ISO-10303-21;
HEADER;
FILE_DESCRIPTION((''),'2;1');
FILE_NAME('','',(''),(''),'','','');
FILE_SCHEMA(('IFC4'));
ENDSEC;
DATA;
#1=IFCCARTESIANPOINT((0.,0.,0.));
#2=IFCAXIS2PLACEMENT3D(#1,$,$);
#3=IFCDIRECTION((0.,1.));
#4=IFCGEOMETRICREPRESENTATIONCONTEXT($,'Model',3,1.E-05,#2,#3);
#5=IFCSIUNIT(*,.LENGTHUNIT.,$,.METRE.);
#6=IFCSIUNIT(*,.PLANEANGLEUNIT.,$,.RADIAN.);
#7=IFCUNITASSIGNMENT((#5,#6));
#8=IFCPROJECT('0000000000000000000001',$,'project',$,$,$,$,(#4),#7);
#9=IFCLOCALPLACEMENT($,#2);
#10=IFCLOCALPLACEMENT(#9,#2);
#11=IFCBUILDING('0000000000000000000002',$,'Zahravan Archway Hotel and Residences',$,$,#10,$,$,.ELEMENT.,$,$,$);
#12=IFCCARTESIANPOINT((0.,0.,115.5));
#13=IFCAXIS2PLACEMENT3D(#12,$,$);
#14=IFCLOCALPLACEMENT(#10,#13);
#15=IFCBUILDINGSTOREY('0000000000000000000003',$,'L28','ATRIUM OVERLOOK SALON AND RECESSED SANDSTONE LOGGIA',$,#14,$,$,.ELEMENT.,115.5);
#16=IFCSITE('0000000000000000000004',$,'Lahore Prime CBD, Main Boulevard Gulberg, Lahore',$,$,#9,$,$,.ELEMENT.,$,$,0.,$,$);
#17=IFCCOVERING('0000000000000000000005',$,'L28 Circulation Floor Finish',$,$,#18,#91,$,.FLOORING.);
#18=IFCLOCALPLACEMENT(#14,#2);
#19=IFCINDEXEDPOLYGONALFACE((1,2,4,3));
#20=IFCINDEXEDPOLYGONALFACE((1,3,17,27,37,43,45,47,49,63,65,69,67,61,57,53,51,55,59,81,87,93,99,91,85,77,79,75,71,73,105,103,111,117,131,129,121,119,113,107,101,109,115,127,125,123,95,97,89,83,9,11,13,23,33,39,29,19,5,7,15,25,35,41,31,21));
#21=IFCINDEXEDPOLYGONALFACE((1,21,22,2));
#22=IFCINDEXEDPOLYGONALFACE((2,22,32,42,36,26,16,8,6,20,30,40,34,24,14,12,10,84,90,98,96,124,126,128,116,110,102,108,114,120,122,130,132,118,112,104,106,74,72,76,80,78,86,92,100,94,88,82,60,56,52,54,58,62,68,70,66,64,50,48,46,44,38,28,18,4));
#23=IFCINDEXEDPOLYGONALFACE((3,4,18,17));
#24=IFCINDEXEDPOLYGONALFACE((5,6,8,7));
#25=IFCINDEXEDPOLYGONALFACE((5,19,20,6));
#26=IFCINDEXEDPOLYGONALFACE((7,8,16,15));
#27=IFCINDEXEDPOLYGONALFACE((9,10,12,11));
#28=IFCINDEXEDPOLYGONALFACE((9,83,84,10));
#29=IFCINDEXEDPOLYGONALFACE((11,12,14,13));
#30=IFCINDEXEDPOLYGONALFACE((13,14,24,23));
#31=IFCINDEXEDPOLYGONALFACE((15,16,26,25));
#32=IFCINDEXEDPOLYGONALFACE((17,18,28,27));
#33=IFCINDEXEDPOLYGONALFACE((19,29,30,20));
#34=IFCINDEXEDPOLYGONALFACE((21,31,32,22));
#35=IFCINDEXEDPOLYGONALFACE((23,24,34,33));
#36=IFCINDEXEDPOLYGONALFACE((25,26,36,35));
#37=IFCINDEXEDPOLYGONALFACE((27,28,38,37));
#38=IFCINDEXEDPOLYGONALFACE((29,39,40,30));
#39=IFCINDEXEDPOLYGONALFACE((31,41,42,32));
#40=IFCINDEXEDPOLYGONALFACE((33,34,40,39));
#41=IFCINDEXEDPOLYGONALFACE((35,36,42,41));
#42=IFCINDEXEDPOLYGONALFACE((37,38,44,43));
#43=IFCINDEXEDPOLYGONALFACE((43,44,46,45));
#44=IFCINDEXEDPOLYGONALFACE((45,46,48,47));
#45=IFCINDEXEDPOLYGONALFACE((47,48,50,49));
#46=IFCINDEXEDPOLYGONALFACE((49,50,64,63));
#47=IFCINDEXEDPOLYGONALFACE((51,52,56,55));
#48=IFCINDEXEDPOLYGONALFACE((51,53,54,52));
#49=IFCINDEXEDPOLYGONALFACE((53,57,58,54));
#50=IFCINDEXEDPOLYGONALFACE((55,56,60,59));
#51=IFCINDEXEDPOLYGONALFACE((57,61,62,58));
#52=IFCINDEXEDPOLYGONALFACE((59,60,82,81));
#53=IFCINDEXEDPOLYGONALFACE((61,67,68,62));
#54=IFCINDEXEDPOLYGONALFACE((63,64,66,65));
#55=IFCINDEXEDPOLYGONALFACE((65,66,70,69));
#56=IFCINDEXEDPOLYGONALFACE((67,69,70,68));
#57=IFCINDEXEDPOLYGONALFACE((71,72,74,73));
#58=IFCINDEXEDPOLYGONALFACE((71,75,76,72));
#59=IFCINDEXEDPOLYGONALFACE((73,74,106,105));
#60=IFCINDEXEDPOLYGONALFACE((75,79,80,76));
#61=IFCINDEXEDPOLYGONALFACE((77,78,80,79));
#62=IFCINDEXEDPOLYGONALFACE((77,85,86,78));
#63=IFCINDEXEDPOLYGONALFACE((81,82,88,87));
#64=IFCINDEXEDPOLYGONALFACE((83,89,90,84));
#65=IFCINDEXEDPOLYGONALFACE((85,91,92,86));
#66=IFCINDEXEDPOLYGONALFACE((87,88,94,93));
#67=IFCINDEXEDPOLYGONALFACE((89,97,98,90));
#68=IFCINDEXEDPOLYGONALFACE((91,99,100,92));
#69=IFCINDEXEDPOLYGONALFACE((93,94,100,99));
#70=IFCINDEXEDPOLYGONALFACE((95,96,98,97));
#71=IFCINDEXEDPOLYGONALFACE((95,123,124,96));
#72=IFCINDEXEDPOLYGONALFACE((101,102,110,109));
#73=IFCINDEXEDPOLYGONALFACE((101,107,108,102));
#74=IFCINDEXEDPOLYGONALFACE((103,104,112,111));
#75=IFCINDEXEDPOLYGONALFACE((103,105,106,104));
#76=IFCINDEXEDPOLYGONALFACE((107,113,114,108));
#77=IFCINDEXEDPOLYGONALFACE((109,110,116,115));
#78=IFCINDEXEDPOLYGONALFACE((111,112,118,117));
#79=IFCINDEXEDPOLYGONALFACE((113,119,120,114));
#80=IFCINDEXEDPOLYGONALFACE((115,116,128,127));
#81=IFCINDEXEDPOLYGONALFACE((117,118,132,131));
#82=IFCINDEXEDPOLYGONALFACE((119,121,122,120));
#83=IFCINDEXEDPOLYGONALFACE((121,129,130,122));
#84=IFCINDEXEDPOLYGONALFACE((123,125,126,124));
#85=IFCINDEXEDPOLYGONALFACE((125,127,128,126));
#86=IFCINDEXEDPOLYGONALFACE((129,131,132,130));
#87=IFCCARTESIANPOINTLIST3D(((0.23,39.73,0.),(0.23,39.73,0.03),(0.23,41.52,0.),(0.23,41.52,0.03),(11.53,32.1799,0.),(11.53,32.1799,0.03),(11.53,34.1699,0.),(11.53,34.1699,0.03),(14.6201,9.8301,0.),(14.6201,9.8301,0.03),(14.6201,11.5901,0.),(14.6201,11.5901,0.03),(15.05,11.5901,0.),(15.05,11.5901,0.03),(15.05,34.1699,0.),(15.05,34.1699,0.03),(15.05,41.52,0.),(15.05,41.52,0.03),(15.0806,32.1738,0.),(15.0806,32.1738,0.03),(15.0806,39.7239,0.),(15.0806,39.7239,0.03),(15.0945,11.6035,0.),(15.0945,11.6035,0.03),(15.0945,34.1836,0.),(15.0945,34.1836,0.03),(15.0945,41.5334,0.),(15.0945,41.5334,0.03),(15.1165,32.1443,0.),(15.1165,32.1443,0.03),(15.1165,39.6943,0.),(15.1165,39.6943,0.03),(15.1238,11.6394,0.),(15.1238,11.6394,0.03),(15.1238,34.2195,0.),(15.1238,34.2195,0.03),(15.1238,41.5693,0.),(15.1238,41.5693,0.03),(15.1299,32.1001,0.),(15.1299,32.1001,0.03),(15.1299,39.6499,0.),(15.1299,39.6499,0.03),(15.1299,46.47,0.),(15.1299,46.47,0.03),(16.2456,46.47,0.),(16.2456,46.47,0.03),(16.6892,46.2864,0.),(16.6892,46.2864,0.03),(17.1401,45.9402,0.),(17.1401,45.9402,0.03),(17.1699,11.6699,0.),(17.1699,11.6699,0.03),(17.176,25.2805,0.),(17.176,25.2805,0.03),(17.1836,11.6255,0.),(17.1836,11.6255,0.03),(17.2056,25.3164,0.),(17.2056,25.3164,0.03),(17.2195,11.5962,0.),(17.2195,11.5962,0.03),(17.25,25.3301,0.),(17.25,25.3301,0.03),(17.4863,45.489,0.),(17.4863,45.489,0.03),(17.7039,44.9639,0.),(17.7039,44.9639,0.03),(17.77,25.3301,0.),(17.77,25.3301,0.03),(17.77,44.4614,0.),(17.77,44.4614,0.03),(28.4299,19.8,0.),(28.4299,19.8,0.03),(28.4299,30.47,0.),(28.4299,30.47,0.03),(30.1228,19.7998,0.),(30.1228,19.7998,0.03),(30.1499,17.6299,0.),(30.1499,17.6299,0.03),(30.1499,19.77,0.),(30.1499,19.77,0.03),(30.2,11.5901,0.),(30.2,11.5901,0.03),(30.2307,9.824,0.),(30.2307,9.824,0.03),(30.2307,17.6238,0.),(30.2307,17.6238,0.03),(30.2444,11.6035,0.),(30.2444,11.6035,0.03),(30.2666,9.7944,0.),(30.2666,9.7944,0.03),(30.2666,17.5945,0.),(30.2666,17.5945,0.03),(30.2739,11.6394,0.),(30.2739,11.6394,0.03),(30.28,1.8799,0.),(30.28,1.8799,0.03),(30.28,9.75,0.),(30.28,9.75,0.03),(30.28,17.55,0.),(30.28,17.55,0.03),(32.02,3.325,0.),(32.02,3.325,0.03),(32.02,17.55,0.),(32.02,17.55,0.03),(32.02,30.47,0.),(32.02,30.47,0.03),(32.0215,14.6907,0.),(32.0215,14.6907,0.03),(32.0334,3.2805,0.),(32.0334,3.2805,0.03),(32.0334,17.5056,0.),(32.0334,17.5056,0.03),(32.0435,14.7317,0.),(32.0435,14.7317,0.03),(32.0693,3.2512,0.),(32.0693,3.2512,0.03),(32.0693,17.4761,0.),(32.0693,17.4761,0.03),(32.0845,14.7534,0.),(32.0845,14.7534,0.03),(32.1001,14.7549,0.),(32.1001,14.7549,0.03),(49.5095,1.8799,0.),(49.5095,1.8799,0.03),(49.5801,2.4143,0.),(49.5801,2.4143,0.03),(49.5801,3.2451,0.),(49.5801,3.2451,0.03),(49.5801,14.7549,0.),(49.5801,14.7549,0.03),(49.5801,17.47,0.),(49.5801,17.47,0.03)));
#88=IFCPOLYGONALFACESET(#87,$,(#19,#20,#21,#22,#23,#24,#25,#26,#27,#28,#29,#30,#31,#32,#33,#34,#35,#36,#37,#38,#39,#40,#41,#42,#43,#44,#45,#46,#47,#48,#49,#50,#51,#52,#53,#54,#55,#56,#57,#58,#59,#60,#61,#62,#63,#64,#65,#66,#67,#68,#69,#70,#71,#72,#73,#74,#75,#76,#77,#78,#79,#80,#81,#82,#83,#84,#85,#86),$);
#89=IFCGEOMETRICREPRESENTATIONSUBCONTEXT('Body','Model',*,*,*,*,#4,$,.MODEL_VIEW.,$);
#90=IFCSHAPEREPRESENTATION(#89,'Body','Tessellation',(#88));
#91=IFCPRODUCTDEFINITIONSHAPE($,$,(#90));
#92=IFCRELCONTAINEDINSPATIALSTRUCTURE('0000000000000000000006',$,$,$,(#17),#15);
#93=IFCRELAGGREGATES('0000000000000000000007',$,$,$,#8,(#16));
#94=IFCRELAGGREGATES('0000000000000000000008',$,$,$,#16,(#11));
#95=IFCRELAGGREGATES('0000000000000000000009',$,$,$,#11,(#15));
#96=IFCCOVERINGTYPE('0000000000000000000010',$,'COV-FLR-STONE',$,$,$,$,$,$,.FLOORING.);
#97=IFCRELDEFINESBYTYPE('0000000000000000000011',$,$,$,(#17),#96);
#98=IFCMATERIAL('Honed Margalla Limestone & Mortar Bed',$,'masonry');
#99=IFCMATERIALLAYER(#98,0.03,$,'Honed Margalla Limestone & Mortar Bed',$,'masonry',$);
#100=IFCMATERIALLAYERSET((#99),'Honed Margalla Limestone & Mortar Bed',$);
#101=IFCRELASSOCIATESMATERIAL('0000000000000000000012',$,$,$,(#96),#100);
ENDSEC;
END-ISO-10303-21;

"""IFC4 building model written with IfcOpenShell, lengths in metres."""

from ifc_helpers import new_model, si_unit, direction, frame, origin, place, context, subcontext, project, spatial, polyline, outline, extrude, material, layer, layer_set, type_object, element, save


model = new_model("IFC4")

# Units and contexts
model_context = context("Model", 3, precision=1e-05, world=origin(), true_north=direction((0.0, 1.0)))
body_context = subcontext(model_context, "Body", "Model", "MODEL_VIEW")
ifc_project = project(units=[si_unit("LENGTHUNIT", "METRE"), si_unit("PLANEANGLEUNIT", "RADIAN")], contexts=[model_context])

# Site, building, storey
site_placement = place(None, origin())
site = spatial("IfcSite", under=ifc_project, at=site_placement, Name="Lahore Prime CBD, Main Boulevard Gulberg, Lahore", CompositionType="ELEMENT", RefElevation=0.0)
building_placement = place(site_placement, origin())
building = spatial("IfcBuilding", under=site, at=building_placement, Name="Zahravan Archway Hotel and Residences", CompositionType="ELEMENT")
storey_placement = place(building_placement, frame((0.0, 0.0, 115.5)))
storey = spatial("IfcBuildingStorey", under=building, at=storey_placement, Name="L28", Description="ATRIUM OVERLOOK SALON AND RECESSED SANDSTONE LOGGIA", CompositionType="ELEMENT", Elevation=115.5)

# Covering
ifc_material_1 = material(Name="Honed Margalla Limestone & Mortar Bed", Category="masonry")
ifc_layer_1 = layer(ifc_material_1, 0.03, Name="Honed Margalla Limestone & Mortar Bed", Category="masonry")
ifc_layer_set_1 = layer_set([ifc_layer_1], Name="Honed Margalla Limestone & Mortar Bed")
covering_type_1 = type_object("IfcCoveringType", Name="COV-FLR-STONE", PredefinedType="FLOORING", material=ifc_layer_set_1)
covering_1_placement = place(storey_placement, origin())
element("IfcCovering", 1, at=covering_1_placement, inside=storey, type_object=covering_type_1, Name="L28 Circulation Floor Finish", PredefinedType="FLOORING", context=body_context, shape_type="SweptSolid", body=[
    extrude(outline(polyline([(32.0845, 14.7534), (32.0435, 14.7317), (32.0215, 14.6907), (32.02, 3.325), (32.0334, 3.2805), (32.0693, 3.2512), (49.5801, 3.2451), (49.5801, 2.4143), (49.5095, 1.8799), (30.28, 1.8799), (30.28, 9.75), (30.2666, 9.7944), (30.2307, 9.824), (14.6201, 9.8301), (14.6201, 11.5901), (15.05, 11.5901), (15.0945, 11.6035), (15.1238, 11.6394), (15.1299, 32.1001), (15.1165, 32.1443), (15.0806, 32.1738), (11.53, 32.1799), (11.53, 34.1699), (15.05, 34.1699), (15.0945, 34.1836), (15.1238, 34.2195), (15.1299, 39.6499), (15.1165, 39.6943), (15.0806, 39.7239), (0.23, 39.73), (0.23, 41.52), (15.05, 41.52), (15.0945, 41.5334), (15.1238, 41.5693), (15.1299, 46.47), (16.2456, 46.47), (16.6892, 46.2864), (17.1401, 45.9402), (17.4863, 45.489), (17.7039, 44.9639), (17.77, 44.4614), (17.77, 25.3301), (17.25, 25.3301), (17.2056, 25.3164), (17.176, 25.2805), (17.1699, 11.6699), (17.1836, 11.6255), (17.2195, 11.5962), (30.2, 11.5901), (30.2444, 11.6035), (30.2739, 11.6394), (30.28, 17.55), (30.2666, 17.5945), (30.2307, 17.6238), (30.1499, 17.6299), (30.1499, 19.77), (30.1228, 19.7998), (28.4299, 19.8), (28.4299, 30.47), (32.02, 30.47), (32.02, 17.55), (32.0334, 17.5056), (32.0693, 17.4761), (49.5801, 17.47), (49.5801, 14.7549), (32.1001, 14.7549), (32.0845, 14.7534)])), origin(), (0.0, 0.0, 1.0), 0.03),
])

save(model, "model.ifc")
